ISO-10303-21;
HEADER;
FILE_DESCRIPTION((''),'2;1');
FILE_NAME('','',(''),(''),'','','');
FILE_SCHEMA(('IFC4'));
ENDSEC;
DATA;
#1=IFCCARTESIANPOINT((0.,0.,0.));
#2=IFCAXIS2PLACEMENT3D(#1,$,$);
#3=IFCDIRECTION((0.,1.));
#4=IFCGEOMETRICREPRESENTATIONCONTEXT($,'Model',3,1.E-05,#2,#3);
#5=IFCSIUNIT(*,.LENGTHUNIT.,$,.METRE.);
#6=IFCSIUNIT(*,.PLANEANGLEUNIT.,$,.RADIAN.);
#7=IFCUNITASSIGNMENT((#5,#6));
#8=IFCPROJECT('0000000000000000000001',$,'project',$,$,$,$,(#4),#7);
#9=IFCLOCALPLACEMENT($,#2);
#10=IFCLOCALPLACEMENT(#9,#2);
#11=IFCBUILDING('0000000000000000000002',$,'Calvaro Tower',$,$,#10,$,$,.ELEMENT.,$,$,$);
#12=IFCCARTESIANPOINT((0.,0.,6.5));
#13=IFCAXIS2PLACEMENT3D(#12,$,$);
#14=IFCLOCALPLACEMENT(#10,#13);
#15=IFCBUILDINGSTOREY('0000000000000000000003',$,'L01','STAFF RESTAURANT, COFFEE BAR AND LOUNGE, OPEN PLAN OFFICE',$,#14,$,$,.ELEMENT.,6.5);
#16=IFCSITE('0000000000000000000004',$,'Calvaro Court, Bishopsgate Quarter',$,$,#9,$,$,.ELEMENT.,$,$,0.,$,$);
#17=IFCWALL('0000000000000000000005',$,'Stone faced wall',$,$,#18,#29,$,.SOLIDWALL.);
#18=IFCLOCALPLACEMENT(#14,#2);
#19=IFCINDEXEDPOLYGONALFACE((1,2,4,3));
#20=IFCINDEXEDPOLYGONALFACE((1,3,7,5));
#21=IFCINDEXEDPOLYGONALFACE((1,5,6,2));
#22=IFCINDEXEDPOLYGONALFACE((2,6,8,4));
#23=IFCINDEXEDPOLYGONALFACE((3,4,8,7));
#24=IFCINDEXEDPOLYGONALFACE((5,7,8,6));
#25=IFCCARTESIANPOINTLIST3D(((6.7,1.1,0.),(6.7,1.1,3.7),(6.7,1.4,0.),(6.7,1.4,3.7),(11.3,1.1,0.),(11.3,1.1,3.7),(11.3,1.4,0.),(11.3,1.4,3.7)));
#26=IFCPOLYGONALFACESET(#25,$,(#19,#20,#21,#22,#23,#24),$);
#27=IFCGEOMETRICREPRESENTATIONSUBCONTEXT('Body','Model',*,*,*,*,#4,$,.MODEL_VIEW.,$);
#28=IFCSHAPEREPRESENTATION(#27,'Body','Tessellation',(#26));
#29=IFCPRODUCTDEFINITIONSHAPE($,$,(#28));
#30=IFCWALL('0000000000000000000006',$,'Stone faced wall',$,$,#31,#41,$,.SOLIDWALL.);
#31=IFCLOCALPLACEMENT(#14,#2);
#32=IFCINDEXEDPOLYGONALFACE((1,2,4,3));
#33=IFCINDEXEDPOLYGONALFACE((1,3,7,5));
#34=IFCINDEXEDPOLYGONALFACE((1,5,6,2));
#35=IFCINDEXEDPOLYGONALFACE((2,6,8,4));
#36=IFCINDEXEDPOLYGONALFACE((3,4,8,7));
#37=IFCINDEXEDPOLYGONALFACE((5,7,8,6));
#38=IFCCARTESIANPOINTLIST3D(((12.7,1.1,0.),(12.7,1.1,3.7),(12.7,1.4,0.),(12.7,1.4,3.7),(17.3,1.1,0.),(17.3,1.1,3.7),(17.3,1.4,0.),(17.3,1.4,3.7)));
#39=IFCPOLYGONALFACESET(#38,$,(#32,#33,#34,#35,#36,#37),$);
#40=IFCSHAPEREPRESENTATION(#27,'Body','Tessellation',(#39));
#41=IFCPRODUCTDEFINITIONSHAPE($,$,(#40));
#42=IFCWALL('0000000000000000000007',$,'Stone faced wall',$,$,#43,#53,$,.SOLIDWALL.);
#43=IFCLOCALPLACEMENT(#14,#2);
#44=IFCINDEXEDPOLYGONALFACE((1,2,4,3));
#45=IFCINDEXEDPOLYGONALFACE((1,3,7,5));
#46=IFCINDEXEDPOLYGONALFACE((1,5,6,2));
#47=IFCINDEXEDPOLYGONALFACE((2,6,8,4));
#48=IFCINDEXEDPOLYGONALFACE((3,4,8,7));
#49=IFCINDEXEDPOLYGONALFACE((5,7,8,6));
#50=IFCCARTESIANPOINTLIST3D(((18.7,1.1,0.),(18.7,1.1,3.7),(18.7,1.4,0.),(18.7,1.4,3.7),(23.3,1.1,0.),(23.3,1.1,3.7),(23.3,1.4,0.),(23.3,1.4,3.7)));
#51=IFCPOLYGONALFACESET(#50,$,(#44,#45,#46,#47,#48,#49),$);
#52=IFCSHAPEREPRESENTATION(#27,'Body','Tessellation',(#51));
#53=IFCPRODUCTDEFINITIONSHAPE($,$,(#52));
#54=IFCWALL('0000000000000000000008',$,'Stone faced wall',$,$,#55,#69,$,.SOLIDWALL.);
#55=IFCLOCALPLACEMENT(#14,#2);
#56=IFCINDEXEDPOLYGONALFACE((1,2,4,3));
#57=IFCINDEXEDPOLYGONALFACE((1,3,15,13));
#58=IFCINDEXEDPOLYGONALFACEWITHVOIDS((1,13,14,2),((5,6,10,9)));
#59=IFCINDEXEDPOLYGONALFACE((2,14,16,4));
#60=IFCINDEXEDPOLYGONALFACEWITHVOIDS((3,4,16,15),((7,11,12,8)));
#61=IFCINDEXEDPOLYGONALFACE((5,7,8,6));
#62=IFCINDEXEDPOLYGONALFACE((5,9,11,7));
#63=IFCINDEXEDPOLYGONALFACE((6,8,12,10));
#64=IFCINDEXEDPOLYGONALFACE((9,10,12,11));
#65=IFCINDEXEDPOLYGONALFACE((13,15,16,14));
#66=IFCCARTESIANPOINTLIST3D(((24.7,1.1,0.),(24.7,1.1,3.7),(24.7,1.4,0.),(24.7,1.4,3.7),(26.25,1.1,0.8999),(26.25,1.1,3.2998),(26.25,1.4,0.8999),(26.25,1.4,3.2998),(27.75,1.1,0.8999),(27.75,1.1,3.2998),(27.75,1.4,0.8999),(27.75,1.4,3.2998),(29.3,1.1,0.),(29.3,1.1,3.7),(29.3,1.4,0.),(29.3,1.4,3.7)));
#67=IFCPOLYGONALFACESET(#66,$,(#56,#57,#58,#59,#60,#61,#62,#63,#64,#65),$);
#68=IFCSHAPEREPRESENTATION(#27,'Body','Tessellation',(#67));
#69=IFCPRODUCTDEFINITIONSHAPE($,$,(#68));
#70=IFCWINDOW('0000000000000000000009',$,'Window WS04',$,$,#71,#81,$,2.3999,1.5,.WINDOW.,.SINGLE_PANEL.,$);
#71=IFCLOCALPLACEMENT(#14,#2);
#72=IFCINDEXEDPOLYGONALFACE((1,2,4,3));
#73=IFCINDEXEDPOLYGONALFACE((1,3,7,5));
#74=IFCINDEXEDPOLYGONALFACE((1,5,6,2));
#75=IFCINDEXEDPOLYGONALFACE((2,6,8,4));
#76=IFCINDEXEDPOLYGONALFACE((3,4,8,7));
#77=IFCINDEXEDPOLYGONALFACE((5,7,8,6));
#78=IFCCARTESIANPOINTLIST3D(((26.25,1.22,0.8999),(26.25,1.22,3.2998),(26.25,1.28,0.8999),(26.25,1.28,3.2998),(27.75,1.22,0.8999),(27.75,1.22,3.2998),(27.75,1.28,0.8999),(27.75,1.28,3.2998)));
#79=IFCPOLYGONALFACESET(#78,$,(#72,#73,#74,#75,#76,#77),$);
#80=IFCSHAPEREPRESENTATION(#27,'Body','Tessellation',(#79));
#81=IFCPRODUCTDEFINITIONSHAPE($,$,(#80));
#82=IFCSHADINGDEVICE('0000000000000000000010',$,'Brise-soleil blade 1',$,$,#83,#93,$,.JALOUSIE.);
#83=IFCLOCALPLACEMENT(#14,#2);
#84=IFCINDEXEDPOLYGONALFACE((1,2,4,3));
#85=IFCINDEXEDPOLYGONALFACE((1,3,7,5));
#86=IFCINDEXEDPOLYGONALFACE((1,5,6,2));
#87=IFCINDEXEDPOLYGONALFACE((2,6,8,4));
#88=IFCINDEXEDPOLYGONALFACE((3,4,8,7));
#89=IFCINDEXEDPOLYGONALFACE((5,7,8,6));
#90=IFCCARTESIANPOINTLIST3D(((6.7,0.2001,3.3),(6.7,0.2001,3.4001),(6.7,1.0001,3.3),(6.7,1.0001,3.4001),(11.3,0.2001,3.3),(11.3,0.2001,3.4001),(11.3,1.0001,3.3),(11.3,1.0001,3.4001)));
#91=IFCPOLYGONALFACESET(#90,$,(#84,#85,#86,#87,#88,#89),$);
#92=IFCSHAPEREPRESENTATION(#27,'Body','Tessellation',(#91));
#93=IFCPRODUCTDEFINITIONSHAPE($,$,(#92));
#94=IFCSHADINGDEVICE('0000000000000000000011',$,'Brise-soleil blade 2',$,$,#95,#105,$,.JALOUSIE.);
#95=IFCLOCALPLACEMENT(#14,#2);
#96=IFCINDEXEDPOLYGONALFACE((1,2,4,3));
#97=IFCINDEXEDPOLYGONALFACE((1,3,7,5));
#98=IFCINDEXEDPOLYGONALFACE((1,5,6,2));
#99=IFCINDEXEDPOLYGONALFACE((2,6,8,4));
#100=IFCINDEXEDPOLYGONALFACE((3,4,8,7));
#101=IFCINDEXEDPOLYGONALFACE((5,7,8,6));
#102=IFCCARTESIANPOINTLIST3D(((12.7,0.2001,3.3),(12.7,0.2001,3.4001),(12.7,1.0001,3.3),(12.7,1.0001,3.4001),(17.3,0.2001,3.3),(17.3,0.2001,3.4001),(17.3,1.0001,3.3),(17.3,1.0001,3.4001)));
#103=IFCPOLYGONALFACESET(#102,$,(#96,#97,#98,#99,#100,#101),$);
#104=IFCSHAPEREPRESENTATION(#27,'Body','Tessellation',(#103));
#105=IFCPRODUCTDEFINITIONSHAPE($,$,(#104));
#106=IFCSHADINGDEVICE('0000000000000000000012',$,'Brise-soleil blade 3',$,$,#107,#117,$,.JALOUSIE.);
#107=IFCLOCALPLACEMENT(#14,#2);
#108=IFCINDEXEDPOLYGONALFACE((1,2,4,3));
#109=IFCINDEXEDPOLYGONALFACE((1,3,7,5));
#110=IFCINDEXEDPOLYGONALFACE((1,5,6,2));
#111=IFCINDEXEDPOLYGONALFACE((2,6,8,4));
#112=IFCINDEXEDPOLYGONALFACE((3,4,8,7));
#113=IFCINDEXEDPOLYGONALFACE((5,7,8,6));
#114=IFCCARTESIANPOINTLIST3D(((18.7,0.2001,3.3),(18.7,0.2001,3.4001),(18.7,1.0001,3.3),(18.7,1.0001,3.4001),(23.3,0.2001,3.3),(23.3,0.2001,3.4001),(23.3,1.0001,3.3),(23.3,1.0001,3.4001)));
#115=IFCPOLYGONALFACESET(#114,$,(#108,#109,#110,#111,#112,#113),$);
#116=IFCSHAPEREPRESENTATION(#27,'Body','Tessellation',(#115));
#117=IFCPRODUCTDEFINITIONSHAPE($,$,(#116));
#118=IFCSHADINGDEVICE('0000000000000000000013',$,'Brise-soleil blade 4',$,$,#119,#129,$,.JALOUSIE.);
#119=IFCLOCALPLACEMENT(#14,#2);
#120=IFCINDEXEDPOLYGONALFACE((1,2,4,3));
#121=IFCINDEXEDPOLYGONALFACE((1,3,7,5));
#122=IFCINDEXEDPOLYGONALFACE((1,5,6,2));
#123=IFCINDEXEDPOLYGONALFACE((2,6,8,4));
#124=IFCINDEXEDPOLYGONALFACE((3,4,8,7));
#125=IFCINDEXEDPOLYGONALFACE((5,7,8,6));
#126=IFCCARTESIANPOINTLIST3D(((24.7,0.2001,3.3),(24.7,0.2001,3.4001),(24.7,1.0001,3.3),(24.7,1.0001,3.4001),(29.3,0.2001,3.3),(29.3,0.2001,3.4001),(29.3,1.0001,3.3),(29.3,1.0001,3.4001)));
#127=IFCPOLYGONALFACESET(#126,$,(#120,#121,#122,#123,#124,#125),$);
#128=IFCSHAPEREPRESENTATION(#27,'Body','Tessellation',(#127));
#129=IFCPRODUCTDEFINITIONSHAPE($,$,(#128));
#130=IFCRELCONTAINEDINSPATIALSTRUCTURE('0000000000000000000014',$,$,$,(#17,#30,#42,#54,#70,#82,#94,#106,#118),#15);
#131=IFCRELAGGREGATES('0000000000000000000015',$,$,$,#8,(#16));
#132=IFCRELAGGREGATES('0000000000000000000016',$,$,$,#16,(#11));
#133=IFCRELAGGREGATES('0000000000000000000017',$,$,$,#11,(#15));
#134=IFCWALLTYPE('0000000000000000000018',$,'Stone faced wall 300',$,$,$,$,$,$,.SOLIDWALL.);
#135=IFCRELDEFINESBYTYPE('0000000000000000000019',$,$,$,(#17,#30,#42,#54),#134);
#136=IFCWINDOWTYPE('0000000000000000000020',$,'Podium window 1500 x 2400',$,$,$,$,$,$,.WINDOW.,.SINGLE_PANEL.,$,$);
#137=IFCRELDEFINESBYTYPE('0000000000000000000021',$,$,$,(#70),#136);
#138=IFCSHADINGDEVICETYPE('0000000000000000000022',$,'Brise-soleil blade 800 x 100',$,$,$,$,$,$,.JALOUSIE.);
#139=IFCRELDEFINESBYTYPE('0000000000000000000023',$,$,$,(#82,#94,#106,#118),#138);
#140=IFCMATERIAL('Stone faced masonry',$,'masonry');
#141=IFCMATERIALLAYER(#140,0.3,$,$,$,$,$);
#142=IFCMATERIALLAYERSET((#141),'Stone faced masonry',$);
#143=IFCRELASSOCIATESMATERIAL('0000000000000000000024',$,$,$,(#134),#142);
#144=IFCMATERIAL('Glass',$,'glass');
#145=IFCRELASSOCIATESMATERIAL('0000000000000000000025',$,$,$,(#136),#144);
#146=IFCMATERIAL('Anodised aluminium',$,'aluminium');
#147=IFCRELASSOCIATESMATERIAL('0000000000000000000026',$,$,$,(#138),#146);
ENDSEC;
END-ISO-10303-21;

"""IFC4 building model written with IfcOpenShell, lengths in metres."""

from ifc_helpers import new_model, si_unit, direction, frame, frame_2d, origin, origin_2d, place, context, subcontext, project, spatial, rectangle, extrude, material, layer, layer_set, material_profile, profile_set, type_object, element, fill, save


model = new_model("IFC4")

# Units and contexts
model_context = context("Model", 3, precision=1e-05, world=origin(), true_north=direction((0.0, 1.0)))
body_context = subcontext(model_context, "Body", "Model", "MODEL_VIEW")
ifc_project = project(units=[si_unit("LENGTHUNIT", "METRE"), si_unit("PLANEANGLEUNIT", "RADIAN")], contexts=[model_context])

# Site, building, storey
site_placement = place(None, origin())
site = spatial("IfcSite", under=ifc_project, at=site_placement, Name="Calvaro Court, Bishopsgate Quarter", CompositionType="ELEMENT", RefElevation=0.0)
building_placement = place(site_placement, origin())
building = spatial("IfcBuilding", under=site, at=building_placement, Name="Calvaro Tower", CompositionType="ELEMENT")
storey_placement = place(building_placement, frame((0.0, 0.0, 6.5)))
storey = spatial("IfcBuildingStorey", under=building, at=storey_placement, Name="L01", Description="STAFF RESTAURANT, COFFEE BAR AND LOUNGE, OPEN PLAN OFFICE", CompositionType="ELEMENT", Elevation=6.5)

# Walls
ifc_material_1 = material(Name="Stone faced masonry", Category="masonry")
ifc_layer_1 = layer(ifc_material_1, 0.3)
ifc_layer_set_1 = layer_set([ifc_layer_1], Name="Stone faced masonry")
wall_type_1 = type_object("IfcWallType", Name="Stone faced wall 300", PredefinedType="SOLIDWALL", material=ifc_layer_set_1)
for number, where, z_axis, x_axis, name in (
    (1, (6.7, 1.25, 0.0), (0.0, 0.0, 1.0), (1.0, 0.0, 0.0), "Stone faced wall"),
    (2, (12.7, 1.25, 0.0), (0.0, 0.0, 1.0), (1.0, 0.0, 0.0), "Stone faced wall"),
    (3, (18.7, 1.25, 0.0), (0.0, 0.0, 1.0), (1.0, 0.0, 0.0), "Stone faced wall"),
):
    element("IfcWall", number, at=place(storey_placement, frame(where, z_axis=z_axis, x_axis=x_axis)), inside=storey, type_object=wall_type_1, Name=name, PredefinedType="SOLIDWALL", context=body_context, shape_type="SweptSolid", body=[
        extrude(rectangle(XDim=4.6001, YDim=0.3, at=frame_2d((2.3, 0.0))), origin(), (0.0, 0.0, 1.0), 3.7),
    ])

# Wall, opening, window
wall_1_placement = place(storey_placement, frame((24.7, 1.25, 0.0), z_axis=(0.0, 0.0, 1.0), x_axis=(1.0, 0.0, 0.0)))
wall_1 = element("IfcWall", 4, at=wall_1_placement, inside=storey, type_object=wall_type_1, Name="Stone faced wall", PredefinedType="SOLIDWALL", context=body_context, shape_type="SweptSolid", body=[
    extrude(rectangle(XDim=4.6001, YDim=0.3, at=frame_2d((2.3, 0.0))), origin(), (0.0, 0.0, 1.0), 3.7),
])
opening_placement = place(wall_1_placement, frame((1.55, 0.0, 0.8999)))
opening = element("IfcOpeningElement", 5, at=opening_placement, cuts=wall_1, PredefinedType="OPENING", context=body_context, shape_type="SweptSolid", body=[
    extrude(rectangle(XDim=1.5, YDim=2.3999, at=frame_2d((0.75, 1.2))), frame((0.0, 0.1599, 0.0), z_axis=(0.0, -1.0, 0.0), x_axis=(1.0, 0.0, 0.0)), (0.0, 0.0, 1.0), 0.3201),
])
ifc_material_2 = material(Name="Glass", Category="glass")
window_type = type_object("IfcWindowType", Name="Podium window 1500 x 2400", PartitioningType="SINGLE_PANEL", PredefinedType="WINDOW", material=ifc_material_2)
window_placement = place(opening_placement, origin())
window = element("IfcWindow", 6, at=window_placement, inside=storey, type_object=window_type, Name="Window WS04", OverallHeight=2.3999, OverallWidth=1.5, PartitioningType="SINGLE_PANEL", PredefinedType="WINDOW", context=body_context, shape_type="SweptSolid", body=[
    extrude(rectangle(XDim=1.5, YDim=2.3999, at=frame_2d((0.75, 1.2))), frame((0.0, 0.03, 0.0), z_axis=(0.0, -1.0, 0.0), x_axis=(1.0, 0.0, 0.0)), (0.0, 0.0, 1.0), 0.0601),
])
fill(opening, window)

# Shading devices
ifc_material_3 = material(Name="Anodised aluminium", Category="aluminium")
ifc_material_profile_1 = material_profile(ifc_material_3, rectangle(XDim=0.8, YDim=0.1001, at=origin_2d()), Name="Brise-soleil blade 800 x 100")
ifc_profile_set_1 = profile_set([ifc_material_profile_1], Name="Anodised aluminium")
shading_device_type = type_object("IfcShadingDeviceType", Name="Brise-soleil blade 800 x 100", PredefinedType="JALOUSIE", material=ifc_profile_set_1)
for number, where, z_axis, x_axis, name in (
    (7, (6.7, 0.6001, 3.3501), (1.0, 0.0, 0.0), (0.0, 1.0, 0.0), "Brise-soleil blade 1"),
    (8, (12.7, 0.6001, 3.3501), (1.0, 0.0, 0.0), (0.0, 1.0, 0.0), "Brise-soleil blade 2"),
    (9, (18.7, 0.6001, 3.3501), (1.0, 0.0, 0.0), (0.0, 1.0, 0.0), "Brise-soleil blade 3"),
    (10, (24.7, 0.6001, 3.3501), (1.0, 0.0, 0.0), (0.0, 1.0, 0.0), "Brise-soleil blade 4"),
):
    element("IfcShadingDevice", number, at=place(storey_placement, frame(where, z_axis=z_axis, x_axis=x_axis)), inside=storey, type_object=shading_device_type, Name=name, PredefinedType="JALOUSIE", context=body_context, shape_type="SweptSolid", body=[
        extrude(rectangle(XDim=0.8, YDim=0.1001, at=origin_2d()), origin(), (0.0, 0.0, 1.0), 4.6001),
    ])

save(model, "model.ifc")
